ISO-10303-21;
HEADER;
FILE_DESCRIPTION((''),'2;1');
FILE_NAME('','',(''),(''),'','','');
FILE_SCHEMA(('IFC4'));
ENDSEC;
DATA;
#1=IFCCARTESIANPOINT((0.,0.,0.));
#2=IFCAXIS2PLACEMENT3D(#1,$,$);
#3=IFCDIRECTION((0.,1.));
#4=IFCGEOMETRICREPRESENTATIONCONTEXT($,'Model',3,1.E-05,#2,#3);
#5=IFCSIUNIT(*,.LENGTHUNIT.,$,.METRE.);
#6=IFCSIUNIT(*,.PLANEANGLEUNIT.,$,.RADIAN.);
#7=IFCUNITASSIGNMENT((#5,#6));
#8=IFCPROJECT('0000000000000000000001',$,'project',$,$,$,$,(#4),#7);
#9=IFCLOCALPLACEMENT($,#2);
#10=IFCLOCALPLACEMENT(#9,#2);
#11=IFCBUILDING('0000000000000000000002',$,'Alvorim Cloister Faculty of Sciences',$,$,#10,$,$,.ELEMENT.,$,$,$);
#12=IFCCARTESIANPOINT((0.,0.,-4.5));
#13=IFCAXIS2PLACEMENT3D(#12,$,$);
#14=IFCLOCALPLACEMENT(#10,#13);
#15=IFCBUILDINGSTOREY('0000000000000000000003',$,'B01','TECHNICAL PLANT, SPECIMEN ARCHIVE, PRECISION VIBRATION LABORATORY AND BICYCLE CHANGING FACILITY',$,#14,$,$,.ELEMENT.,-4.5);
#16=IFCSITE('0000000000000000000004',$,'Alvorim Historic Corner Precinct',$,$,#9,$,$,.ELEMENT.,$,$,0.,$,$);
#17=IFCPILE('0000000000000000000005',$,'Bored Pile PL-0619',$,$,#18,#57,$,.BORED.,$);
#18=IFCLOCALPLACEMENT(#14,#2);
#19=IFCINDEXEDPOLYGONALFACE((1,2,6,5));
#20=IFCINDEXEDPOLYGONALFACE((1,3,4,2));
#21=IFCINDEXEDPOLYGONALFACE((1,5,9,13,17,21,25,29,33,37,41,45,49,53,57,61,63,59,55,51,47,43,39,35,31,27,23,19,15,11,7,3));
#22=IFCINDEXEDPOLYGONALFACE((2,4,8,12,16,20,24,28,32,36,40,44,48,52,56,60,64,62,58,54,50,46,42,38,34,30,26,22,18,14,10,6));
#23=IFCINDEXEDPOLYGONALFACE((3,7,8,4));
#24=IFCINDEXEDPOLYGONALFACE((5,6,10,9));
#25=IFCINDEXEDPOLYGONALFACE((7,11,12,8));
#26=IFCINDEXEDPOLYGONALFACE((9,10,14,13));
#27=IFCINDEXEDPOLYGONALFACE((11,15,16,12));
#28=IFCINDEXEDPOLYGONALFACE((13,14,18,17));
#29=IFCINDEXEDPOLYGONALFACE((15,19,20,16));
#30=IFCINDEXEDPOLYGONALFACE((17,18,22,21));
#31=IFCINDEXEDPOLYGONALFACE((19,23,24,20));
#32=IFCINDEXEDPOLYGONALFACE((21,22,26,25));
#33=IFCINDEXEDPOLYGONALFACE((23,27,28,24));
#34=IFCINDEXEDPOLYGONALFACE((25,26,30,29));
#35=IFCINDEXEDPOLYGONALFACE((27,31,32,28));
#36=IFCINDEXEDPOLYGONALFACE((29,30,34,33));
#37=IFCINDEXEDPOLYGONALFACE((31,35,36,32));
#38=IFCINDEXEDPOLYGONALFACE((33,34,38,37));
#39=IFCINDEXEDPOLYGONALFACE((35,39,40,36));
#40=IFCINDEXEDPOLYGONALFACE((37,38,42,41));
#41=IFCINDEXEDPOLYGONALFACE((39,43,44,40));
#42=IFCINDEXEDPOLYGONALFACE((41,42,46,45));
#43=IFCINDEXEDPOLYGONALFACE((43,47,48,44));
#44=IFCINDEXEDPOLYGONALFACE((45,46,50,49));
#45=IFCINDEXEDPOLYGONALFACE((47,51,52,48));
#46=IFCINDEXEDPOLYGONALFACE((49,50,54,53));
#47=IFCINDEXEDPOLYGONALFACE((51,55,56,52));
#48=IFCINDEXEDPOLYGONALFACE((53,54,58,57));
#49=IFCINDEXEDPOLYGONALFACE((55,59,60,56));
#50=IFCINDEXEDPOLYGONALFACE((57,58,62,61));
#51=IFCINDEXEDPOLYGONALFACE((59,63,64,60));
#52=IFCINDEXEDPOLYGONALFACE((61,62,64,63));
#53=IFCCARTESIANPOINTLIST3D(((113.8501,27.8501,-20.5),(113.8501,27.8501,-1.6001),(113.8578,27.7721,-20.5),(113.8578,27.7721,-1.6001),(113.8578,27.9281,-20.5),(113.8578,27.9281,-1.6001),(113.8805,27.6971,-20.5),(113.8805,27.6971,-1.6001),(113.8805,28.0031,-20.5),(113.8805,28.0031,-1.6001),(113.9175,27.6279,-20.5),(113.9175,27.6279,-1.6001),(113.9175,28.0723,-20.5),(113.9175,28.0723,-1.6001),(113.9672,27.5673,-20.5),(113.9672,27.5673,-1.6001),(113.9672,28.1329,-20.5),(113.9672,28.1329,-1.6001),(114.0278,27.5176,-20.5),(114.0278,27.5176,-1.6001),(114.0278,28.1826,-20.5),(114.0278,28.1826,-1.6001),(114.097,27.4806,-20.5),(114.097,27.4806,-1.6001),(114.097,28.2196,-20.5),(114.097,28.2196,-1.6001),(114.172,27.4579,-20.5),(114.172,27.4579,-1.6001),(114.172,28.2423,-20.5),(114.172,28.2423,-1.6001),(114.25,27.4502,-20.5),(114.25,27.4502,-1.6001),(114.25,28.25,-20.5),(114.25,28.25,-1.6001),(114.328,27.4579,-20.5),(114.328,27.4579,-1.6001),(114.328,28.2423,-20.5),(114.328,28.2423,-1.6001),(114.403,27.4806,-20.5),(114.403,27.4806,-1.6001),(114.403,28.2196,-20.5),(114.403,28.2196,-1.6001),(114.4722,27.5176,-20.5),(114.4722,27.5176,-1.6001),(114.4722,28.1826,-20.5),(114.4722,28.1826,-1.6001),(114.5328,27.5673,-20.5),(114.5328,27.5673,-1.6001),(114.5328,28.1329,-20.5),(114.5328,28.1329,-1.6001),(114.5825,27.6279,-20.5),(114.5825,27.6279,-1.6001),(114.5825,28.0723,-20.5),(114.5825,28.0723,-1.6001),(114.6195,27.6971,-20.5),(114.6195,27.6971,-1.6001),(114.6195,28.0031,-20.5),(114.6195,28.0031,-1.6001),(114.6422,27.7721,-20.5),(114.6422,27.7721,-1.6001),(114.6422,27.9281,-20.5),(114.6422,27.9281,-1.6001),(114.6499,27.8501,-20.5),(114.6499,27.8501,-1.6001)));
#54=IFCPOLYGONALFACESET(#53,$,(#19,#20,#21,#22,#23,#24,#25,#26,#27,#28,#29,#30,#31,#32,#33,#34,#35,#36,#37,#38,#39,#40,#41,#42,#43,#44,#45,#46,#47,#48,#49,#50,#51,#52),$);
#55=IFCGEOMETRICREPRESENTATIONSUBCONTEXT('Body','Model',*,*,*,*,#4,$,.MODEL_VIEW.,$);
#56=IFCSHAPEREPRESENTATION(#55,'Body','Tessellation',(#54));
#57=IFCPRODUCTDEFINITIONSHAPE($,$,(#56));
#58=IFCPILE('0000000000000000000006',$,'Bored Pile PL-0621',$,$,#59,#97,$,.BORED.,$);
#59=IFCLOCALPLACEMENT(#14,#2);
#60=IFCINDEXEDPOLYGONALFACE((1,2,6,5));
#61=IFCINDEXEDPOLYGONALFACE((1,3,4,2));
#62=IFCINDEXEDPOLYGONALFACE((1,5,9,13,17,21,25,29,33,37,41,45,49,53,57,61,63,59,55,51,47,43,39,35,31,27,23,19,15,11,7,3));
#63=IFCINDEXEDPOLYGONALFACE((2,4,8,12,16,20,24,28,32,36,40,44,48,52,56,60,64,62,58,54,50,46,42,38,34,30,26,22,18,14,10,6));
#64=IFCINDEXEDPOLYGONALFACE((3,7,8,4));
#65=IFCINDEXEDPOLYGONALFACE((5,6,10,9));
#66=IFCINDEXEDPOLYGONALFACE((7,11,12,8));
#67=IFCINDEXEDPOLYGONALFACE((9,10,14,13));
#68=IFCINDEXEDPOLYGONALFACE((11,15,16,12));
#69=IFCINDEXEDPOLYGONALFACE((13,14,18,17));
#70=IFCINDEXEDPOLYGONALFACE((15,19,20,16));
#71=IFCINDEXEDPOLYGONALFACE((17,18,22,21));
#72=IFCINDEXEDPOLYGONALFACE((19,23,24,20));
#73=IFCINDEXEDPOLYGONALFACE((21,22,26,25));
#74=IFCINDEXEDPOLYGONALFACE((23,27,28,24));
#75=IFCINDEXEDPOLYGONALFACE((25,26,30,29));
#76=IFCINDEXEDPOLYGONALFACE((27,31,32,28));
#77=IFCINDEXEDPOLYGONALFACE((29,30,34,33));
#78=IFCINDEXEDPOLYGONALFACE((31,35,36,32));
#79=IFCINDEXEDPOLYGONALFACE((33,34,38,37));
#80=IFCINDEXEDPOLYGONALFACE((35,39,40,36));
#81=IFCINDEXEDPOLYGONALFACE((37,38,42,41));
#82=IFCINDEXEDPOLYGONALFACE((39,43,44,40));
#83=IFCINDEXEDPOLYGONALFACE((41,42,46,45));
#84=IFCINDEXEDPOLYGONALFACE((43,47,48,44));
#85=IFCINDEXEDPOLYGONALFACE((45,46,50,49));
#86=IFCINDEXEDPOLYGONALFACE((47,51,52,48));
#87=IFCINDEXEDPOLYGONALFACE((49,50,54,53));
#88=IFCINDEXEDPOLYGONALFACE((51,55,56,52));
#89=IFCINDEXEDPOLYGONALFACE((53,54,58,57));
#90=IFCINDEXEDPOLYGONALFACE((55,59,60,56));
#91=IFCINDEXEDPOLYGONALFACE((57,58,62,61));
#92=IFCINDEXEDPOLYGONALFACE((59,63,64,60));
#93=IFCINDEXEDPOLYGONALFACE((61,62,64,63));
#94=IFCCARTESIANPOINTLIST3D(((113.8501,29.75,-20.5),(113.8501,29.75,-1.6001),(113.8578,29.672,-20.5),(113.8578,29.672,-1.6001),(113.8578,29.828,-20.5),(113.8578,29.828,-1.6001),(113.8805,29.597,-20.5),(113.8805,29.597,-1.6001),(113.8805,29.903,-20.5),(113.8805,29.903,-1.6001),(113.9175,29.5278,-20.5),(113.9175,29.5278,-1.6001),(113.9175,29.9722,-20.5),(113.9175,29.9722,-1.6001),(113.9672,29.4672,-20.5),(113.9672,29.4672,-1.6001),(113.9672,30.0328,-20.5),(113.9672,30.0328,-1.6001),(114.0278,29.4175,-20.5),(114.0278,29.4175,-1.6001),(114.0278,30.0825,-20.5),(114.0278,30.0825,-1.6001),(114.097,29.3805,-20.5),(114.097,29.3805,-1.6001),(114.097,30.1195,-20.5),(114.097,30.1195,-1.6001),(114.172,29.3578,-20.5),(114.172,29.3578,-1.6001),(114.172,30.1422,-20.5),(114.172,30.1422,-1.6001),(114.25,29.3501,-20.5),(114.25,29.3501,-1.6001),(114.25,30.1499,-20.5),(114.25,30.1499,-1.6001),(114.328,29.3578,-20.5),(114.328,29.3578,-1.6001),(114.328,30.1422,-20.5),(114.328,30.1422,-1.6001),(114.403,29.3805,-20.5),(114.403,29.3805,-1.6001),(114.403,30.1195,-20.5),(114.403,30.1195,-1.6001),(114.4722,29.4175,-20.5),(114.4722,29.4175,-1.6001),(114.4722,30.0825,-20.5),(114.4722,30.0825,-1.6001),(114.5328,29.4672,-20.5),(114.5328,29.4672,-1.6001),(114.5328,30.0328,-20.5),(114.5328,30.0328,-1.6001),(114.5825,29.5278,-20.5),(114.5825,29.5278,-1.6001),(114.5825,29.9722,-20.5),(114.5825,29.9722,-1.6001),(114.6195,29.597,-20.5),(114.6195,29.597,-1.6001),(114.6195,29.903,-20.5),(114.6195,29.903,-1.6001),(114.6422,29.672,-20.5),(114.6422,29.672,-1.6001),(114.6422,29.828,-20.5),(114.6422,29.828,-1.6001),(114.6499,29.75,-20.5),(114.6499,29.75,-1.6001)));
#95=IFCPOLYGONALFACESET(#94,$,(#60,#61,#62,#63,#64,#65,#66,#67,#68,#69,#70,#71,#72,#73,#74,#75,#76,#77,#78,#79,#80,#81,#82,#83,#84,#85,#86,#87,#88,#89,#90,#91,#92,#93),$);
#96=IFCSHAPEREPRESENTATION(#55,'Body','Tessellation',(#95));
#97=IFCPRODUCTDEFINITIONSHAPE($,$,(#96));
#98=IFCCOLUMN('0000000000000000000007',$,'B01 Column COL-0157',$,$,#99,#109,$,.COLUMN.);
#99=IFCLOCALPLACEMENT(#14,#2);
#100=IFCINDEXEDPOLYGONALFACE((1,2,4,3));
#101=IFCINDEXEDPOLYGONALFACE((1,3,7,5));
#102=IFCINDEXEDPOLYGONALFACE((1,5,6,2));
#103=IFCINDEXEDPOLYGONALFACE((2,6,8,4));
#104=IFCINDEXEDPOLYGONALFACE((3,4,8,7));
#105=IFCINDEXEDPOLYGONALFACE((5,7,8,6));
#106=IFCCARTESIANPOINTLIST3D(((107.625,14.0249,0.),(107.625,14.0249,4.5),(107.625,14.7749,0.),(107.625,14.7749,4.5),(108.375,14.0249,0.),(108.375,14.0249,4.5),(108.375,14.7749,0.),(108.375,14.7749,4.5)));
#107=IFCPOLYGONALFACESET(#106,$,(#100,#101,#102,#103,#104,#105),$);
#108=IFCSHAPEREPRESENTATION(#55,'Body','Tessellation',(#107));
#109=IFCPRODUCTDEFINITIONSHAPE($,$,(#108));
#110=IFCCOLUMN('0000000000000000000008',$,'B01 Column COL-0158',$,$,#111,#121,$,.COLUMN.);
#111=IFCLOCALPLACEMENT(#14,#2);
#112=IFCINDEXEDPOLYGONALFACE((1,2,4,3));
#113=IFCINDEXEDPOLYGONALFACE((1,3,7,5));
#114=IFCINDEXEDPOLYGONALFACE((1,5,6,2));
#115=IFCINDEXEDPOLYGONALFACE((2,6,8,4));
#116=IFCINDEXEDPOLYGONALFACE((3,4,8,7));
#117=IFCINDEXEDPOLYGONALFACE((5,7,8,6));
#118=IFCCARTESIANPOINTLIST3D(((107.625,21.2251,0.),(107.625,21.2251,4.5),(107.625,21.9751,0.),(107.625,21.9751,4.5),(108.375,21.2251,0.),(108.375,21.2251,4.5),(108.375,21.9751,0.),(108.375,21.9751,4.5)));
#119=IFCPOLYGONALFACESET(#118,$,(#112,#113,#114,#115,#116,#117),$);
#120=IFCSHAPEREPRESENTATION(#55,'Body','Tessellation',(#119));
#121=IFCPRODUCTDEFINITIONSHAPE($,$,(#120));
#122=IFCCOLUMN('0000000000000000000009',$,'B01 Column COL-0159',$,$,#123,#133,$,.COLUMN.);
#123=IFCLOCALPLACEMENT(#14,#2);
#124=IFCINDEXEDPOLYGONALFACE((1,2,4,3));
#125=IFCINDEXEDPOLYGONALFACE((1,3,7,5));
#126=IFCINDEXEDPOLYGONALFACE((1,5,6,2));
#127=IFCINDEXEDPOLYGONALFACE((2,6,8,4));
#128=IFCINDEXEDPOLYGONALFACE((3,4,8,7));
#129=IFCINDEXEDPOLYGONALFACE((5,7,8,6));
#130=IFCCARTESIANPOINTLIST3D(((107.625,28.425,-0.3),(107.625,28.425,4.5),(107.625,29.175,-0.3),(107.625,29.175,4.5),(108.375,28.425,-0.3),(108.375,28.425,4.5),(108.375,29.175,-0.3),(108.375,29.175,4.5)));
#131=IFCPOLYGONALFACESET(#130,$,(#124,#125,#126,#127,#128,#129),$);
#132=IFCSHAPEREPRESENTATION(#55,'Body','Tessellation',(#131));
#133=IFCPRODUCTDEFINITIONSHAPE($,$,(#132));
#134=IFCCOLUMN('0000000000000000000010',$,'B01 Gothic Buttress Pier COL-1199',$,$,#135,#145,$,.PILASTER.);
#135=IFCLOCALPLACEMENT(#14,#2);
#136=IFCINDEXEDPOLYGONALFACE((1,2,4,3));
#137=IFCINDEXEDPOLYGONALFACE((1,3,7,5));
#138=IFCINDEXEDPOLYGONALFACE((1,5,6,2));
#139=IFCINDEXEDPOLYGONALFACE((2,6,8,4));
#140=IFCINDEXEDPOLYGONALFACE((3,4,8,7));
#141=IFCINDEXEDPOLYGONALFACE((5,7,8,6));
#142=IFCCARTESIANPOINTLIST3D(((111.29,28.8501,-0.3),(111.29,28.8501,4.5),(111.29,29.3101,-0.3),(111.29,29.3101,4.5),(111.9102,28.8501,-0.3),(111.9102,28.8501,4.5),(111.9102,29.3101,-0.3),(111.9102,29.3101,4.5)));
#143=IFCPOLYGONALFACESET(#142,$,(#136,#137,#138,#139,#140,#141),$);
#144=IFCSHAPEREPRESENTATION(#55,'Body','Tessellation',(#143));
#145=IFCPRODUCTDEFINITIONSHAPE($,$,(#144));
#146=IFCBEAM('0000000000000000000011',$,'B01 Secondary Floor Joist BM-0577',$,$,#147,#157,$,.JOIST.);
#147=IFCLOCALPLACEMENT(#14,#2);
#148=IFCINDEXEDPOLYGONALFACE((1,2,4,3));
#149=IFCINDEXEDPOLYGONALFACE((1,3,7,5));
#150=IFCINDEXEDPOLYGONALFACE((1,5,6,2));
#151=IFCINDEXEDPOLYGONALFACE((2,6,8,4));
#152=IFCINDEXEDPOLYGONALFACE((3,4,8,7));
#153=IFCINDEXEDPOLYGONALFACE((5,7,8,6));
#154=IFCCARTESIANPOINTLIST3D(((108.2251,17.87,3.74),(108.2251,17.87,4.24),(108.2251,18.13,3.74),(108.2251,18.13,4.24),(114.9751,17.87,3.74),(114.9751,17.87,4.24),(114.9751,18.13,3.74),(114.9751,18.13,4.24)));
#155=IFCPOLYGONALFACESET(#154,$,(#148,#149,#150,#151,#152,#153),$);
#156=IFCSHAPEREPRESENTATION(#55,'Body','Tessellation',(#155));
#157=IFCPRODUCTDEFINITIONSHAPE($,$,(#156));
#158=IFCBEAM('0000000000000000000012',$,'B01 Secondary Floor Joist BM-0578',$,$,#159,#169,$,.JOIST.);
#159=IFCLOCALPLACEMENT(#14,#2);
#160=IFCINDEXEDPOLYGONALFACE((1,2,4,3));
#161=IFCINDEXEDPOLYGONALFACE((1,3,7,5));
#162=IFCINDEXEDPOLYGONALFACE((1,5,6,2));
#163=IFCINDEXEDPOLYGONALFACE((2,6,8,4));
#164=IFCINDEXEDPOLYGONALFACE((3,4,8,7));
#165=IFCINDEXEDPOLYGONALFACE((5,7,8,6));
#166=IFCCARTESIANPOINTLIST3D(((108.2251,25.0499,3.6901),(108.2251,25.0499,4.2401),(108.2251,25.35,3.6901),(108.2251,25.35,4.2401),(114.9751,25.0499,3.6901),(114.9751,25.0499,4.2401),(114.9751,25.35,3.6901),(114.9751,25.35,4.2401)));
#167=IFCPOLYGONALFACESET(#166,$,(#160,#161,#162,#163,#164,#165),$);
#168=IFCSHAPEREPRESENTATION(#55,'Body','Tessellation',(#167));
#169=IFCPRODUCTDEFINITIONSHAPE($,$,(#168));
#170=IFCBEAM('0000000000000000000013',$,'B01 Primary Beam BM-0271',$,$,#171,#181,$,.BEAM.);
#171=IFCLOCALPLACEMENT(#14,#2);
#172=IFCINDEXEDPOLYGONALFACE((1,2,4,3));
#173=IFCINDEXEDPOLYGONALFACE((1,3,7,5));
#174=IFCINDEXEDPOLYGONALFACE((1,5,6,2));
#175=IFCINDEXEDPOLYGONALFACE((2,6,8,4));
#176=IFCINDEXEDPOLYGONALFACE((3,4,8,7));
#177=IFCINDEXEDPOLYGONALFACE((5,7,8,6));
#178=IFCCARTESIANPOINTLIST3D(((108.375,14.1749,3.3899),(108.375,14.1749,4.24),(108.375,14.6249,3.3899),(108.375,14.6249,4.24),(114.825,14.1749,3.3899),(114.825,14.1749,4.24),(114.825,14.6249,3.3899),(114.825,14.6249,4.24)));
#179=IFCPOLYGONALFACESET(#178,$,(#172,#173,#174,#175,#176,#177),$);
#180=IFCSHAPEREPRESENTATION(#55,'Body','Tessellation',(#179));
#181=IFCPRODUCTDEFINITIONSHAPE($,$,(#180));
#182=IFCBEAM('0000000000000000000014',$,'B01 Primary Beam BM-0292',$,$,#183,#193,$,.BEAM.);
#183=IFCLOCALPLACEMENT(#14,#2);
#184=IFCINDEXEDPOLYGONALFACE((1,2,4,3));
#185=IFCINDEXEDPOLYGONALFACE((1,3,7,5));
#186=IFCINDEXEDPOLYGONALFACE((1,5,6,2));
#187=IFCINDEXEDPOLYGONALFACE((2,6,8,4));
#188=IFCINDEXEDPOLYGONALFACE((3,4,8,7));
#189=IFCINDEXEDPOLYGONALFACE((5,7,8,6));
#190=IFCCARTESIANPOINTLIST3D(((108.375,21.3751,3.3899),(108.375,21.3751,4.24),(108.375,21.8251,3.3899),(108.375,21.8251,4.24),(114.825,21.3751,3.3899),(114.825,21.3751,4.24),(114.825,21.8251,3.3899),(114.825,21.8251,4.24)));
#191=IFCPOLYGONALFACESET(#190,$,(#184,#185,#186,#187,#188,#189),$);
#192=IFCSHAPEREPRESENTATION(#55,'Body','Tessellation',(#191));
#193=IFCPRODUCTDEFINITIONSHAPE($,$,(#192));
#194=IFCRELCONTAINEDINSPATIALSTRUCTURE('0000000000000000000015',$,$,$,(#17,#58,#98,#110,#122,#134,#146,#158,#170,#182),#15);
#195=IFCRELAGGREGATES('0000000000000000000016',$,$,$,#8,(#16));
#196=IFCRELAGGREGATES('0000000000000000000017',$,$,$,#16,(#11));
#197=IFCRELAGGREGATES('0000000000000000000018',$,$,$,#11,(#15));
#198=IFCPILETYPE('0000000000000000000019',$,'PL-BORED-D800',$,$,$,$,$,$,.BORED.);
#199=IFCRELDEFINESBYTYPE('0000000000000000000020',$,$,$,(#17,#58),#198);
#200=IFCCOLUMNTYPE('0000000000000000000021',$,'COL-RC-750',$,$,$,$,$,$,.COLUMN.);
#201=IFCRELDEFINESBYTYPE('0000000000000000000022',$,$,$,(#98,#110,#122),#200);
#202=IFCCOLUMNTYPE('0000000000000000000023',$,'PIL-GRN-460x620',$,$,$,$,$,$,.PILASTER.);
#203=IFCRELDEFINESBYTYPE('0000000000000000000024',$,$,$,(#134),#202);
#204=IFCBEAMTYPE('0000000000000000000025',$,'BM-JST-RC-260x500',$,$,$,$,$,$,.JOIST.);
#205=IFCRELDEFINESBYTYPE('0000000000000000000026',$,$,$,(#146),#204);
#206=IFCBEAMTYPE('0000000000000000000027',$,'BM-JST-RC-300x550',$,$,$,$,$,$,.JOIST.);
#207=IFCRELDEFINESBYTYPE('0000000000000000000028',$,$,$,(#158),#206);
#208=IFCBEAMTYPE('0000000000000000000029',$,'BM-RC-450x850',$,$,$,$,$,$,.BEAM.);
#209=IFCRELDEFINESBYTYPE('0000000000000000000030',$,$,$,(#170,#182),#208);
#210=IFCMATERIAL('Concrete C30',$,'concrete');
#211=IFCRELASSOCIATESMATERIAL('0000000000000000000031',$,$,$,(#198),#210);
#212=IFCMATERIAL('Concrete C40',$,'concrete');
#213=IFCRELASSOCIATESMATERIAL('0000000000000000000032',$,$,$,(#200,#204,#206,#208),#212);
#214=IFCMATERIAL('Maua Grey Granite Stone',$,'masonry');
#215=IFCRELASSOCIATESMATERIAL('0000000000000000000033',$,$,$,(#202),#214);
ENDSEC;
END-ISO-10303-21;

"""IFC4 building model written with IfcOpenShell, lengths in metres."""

from ifc_helpers import new_model, si_unit, direction, frame, origin, origin_2d, place, context, subcontext, project, spatial, rectangle, circle, extrude, material, material_profile, profile_set, type_object, element, save


model = new_model("IFC4")

# Units and contexts
model_context = context("Model", 3, precision=1e-05, world=origin(), true_north=direction((0.0, 1.0)))
body_context = subcontext(model_context, "Body", "Model", "MODEL_VIEW")
ifc_project = project(units=[si_unit("LENGTHUNIT", "METRE"), si_unit("PLANEANGLEUNIT", "RADIAN")], contexts=[model_context])

# Site, building, storey
site_placement = place(None, origin())
site = spatial("IfcSite", under=ifc_project, at=site_placement, Name="Alvorim Historic Corner Precinct", CompositionType="ELEMENT", RefElevation=0.0)
building_placement = place(site_placement, origin())
building = spatial("IfcBuilding", under=site, at=building_placement, Name="Alvorim Cloister Faculty of Sciences", CompositionType="ELEMENT")
storey_placement = place(building_placement, frame((0.0, 0.0, -4.5)))
storey = spatial("IfcBuildingStorey", under=building, at=storey_placement, Name="B01", Description="TECHNICAL PLANT, SPECIMEN ARCHIVE, PRECISION VIBRATION LABORATORY AND BICYCLE CHANGING FACILITY", CompositionType="ELEMENT", Elevation=-4.5)

# Shared definitions
ifc_material_1 = material(Name="Concrete C40", Category="concrete")

# Piles
ifc_material_2 = material(Name="Concrete C30", Category="concrete")
ifc_material_profile_1 = material_profile(ifc_material_2, circle(Radius=0.3999, at=origin_2d()), Name="PILE-D800")
ifc_profile_set_1 = profile_set([ifc_material_profile_1], Name="Concrete C30")
pile_type = type_object("IfcPileType", Name="PL-BORED-D800", PredefinedType="BORED", material=ifc_profile_set_1)
for number, where, z_axis, x_axis, name in (
    (1, (114.25, 27.8501, -1.6001), (0.0, 0.0, -1.0), (1.0, 0.0, 0.0), "Bored Pile PL-0619"),
    (2, (114.25, 29.75, -1.6001), (0.0, 0.0, -1.0), (1.0, 0.0, 0.0), "Bored Pile PL-0621"),
):
    element("IfcPile", number, at=place(storey_placement, frame(where, z_axis=z_axis, x_axis=x_axis)), inside=storey, type_object=pile_type, Name=name, PredefinedType="BORED", context=body_context, shape_type="SweptSolid", body=[
        extrude(circle(Radius=0.3999, at=origin_2d()), origin(), (0.0, 0.0, 1.0), 18.8999),
    ])

# Columns
ifc_material_profile_2 = material_profile(ifc_material_1, rectangle(XDim=0.75, YDim=0.75, at=origin_2d()), Name="RC40-COL-750x750")
ifc_profile_set_2 = profile_set([ifc_material_profile_2], Name="Concrete C40")
column_type_1 = type_object("IfcColumnType", Name="COL-RC-750", PredefinedType="COLUMN", material=ifc_profile_set_2)
for number, where, z_axis, x_axis, name in (
    (3, (108.0, 14.3999, 0.0), (0.0, 0.0, 1.0), (1.0, 0.0, 0.0), "B01 Column COL-0157"),
    (4, (108.0, 21.6001, 0.0), (0.0, 0.0, 1.0), (1.0, 0.0, 0.0), "B01 Column COL-0158"),
):
    element("IfcColumn", number, at=place(storey_placement, frame(where, z_axis=z_axis, x_axis=x_axis)), inside=storey, type_object=column_type_1, Name=name, PredefinedType="COLUMN", context=body_context, shape_type="SweptSolid", body=[
        extrude(rectangle(XDim=0.75, YDim=0.75, at=origin_2d()), origin(), (0.0, 0.0, 1.0), 4.5),
    ])
column_1_placement = place(storey_placement, frame((108.0, 28.8, -0.3), z_axis=(0.0, 0.0, 1.0), x_axis=(1.0, 0.0, 0.0)))
element("IfcColumn", 5, at=column_1_placement, inside=storey, type_object=column_type_1, Name="B01 Column COL-0159", PredefinedType="COLUMN", context=body_context, shape_type="SweptSolid", body=[
    extrude(rectangle(XDim=0.75, YDim=0.75, at=origin_2d()), origin(), (0.0, 0.0, 1.0), 4.8),
])
ifc_material_3 = material(Name="Maua Grey Granite Stone", Category="masonry")
ifc_material_profile_3 = material_profile(ifc_material_3, rectangle(XDim=0.46, YDim=0.6201, at=origin_2d()), Name="GRN-PIER-460x620")
ifc_profile_set_3 = profile_set([ifc_material_profile_3], Name="Maua Grey Granite Stone")
column_type_2 = type_object("IfcColumnType", Name="PIL-GRN-460x620", PredefinedType="PILASTER", material=ifc_profile_set_3)
column_2_placement = place(storey_placement, frame((111.6001, 29.0801, -0.3), z_axis=(0.0, 0.0, 1.0), x_axis=(0.0, 1.0, 0.0)))
element("IfcColumn", 6, at=column_2_placement, inside=storey, type_object=column_type_2, Name="B01 Gothic Buttress Pier COL-1199", PredefinedType="PILASTER", context=body_context, shape_type="SweptSolid", body=[
    extrude(rectangle(XDim=0.46, YDim=0.6201, at=origin_2d()), origin(), (0.0, 0.0, 1.0), 4.8),
])

# Beams
ifc_material_profile_4 = material_profile(ifc_material_1, rectangle(XDim=0.26, YDim=0.5, at=origin_2d()), Name="RC40-JST-260x500")
ifc_profile_set_4 = profile_set([ifc_material_profile_4], Name="Concrete C40")
beam_type_1 = type_object("IfcBeamType", Name="BM-JST-RC-260x500", PredefinedType="JOIST", material=ifc_profile_set_4)
beam_1_placement = place(storey_placement, frame((108.2251, 18.0, 3.99), z_axis=(1.0, 0.0, 0.0), x_axis=(0.0, 1.0, 0.0)))
element("IfcBeam", 7, at=beam_1_placement, inside=storey, type_object=beam_type_1, Name="B01 Secondary Floor Joist BM-0577", PredefinedType="JOIST", context=body_context, shape_type="SweptSolid", body=[
    extrude(rectangle(XDim=0.26, YDim=0.5, at=origin_2d()), origin(), (0.0, 0.0, 1.0), 6.75),
])
ifc_material_profile_5 = material_profile(ifc_material_1, rectangle(XDim=0.3, YDim=0.55, at=origin_2d()), Name="RC40-JST-300x550")
ifc_profile_set_5 = profile_set([ifc_material_profile_5], Name="Concrete C40")
beam_type_2 = type_object("IfcBeamType", Name="BM-JST-RC-300x550", PredefinedType="JOIST", material=ifc_profile_set_5)
beam_2_placement = place(storey_placement, frame((108.2251, 25.2, 3.9651), z_axis=(1.0, 0.0, 0.0), x_axis=(0.0, 1.0, 0.0)))
element("IfcBeam", 8, at=beam_2_placement, inside=storey, type_object=beam_type_2, Name="B01 Secondary Floor Joist BM-0578", PredefinedType="JOIST", context=body_context, shape_type="SweptSolid", body=[
    extrude(rectangle(XDim=0.3, YDim=0.55, at=origin_2d()), origin(), (0.0, 0.0, 1.0), 6.75),
])
ifc_material_profile_6 = material_profile(ifc_material_1, rectangle(XDim=0.45, YDim=0.8501, at=origin_2d()), Name="RC40-BM-450x850")
ifc_profile_set_6 = profile_set([ifc_material_profile_6], Name="Concrete C40")
beam_type_3 = type_object("IfcBeamType", Name="BM-RC-450x850", PredefinedType="BEAM", material=ifc_profile_set_6)
for number, where, z_axis, x_axis, name in (
    (9, (108.375, 14.3999, 3.8149), (1.0, 0.0, 0.0), (0.0, 1.0, 0.0), "B01 Primary Beam BM-0271"),
    (10, (108.375, 21.6001, 3.8149), (1.0, 0.0, 0.0), (0.0, 1.0, 0.0), "B01 Primary Beam BM-0292"),
):
    element("IfcBeam", number, at=place(storey_placement, frame(where, z_axis=z_axis, x_axis=x_axis)), inside=storey, type_object=beam_type_3, Name=name, PredefinedType="BEAM", context=body_context, shape_type="SweptSolid", body=[
        extrude(rectangle(XDim=0.45, YDim=0.8501, at=origin_2d()), origin(), (0.0, 0.0, 1.0), 6.45),
    ])

save(model, "model.ifc")
